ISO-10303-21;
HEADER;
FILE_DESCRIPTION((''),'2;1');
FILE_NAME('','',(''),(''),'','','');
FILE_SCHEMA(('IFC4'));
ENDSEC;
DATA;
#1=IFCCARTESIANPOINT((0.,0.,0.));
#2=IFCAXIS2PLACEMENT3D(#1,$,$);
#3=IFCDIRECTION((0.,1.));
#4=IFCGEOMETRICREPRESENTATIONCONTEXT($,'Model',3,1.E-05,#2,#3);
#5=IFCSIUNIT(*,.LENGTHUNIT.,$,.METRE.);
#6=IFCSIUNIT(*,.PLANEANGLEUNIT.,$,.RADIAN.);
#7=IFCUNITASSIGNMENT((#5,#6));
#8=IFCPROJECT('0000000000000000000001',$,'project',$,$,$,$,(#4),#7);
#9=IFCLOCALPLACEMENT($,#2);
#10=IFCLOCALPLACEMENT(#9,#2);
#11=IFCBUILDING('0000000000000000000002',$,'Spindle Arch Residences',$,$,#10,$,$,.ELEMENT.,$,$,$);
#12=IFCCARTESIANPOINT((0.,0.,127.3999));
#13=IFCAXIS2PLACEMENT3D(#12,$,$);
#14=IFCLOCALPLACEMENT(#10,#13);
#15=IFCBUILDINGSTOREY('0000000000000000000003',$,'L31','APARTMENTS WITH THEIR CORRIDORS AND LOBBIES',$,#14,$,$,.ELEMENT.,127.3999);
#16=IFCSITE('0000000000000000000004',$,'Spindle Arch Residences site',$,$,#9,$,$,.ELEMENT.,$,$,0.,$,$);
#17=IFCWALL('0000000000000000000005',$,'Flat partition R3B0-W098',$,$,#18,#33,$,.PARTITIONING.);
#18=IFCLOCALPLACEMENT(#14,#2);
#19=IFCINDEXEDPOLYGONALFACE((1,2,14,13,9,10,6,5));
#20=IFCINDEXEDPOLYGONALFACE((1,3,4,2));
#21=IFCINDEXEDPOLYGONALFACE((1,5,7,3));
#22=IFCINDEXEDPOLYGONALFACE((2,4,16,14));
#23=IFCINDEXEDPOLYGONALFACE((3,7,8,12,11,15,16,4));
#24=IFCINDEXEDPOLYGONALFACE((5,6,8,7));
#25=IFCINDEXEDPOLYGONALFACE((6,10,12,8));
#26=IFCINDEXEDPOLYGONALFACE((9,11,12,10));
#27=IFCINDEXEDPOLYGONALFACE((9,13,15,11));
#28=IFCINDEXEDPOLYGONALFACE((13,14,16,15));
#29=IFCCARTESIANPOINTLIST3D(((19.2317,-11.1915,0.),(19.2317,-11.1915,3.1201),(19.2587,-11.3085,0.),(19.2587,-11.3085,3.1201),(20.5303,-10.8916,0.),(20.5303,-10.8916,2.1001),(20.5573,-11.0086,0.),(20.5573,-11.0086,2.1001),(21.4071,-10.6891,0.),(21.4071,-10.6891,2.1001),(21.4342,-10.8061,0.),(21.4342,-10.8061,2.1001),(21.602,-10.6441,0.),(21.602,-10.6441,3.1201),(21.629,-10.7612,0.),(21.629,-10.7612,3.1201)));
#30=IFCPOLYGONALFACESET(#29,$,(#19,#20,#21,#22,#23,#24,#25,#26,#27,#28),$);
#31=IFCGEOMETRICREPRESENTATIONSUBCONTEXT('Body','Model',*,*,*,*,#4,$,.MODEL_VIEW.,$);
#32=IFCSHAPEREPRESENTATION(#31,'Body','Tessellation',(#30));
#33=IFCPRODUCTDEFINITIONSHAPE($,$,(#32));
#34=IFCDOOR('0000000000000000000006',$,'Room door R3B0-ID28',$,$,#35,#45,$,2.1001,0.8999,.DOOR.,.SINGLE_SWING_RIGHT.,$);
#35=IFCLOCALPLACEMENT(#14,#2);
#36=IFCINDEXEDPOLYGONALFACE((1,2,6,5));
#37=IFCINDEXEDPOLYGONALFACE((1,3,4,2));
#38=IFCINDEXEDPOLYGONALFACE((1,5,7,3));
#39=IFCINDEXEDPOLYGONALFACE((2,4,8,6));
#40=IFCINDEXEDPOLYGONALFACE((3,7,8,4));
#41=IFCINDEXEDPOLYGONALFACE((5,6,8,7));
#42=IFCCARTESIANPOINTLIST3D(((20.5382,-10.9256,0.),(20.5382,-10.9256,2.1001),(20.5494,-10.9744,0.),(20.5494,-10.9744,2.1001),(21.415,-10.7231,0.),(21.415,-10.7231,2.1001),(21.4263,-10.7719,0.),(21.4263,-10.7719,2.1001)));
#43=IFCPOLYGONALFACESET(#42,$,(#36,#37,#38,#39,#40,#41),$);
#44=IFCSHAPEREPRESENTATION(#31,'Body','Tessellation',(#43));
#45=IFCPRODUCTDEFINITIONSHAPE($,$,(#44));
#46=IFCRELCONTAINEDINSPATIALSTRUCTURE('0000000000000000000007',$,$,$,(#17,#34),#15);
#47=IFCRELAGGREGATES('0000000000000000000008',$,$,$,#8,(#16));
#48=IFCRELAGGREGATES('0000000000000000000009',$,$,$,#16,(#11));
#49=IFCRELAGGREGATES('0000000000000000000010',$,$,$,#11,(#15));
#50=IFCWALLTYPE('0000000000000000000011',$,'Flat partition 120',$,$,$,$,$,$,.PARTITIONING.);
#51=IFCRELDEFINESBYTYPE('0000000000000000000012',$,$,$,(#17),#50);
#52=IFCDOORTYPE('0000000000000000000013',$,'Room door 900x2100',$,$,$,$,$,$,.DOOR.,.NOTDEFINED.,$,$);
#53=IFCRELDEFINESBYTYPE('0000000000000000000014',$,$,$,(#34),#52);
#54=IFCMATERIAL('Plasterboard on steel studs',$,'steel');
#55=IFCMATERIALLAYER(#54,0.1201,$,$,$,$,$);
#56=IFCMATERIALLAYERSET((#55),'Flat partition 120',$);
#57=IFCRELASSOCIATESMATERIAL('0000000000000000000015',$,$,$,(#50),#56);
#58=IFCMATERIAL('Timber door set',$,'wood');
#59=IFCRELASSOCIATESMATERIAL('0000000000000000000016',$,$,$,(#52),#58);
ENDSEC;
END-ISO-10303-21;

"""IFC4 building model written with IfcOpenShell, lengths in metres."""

from ifc_helpers import new_model, si_unit, direction, frame, frame_2d, origin, place, context, subcontext, project, spatial, rectangle, extrude, material, layer, layer_set, type_object, element, fill, save


model = new_model("IFC4")

# Units and contexts
model_context = context("Model", 3, precision=1e-05, world=origin(), true_north=direction((0.0, 1.0)))
body_context = subcontext(model_context, "Body", "Model", "MODEL_VIEW")
ifc_project = project(units=[si_unit("LENGTHUNIT", "METRE"), si_unit("PLANEANGLEUNIT", "RADIAN")], contexts=[model_context])

# Site, building, storey
site_placement = place(None, origin())
site = spatial("IfcSite", under=ifc_project, at=site_placement, Name="Spindle Arch Residences site", CompositionType="ELEMENT", RefElevation=0.0)
building_placement = place(site_placement, origin())
building = spatial("IfcBuilding", under=site, at=building_placement, Name="Spindle Arch Residences", CompositionType="ELEMENT")
storey_placement = place(building_placement, frame((0.0, 0.0, 127.3999)))
storey = spatial("IfcBuildingStorey", under=building, at=storey_placement, Name="L31", Description="APARTMENTS WITH THEIR CORRIDORS AND LOBBIES", CompositionType="ELEMENT", Elevation=127.3999)

# Shared definitions
ifc_material_1 = material(Name="Plasterboard on steel studs", Category="steel")
ifc_layer_1 = layer(ifc_material_1, 0.1201)
ifc_layer_set_1 = layer_set([ifc_layer_1], Name="Flat partition 120")
wall_type = type_object("IfcWallType", Name="Flat partition 120", PredefinedType="PARTITIONING", material=ifc_layer_set_1)

# Shared definitions
ifc_material_2 = material(Name="Timber door set", Category="wood")
door_type = type_object("IfcDoorType", Name="Room door 900x2100", OperationType="NOTDEFINED", PredefinedType="DOOR", material=ifc_material_2)

# Wall, opening, door
wall_1_placement = place(storey_placement, frame((21.6155, -10.7026, 0.0), z_axis=(0.0, 0.0, 1.0), x_axis=(-0.974359, -0.224999, 0.0)))
wall_1 = element("IfcWall", 1, at=wall_1_placement, inside=storey, type_object=wall_type, Name="Flat partition R3B0-W098", PredefinedType="PARTITIONING", context=body_context, shape_type="SweptSolid", body=[
    extrude(rectangle(XDim=2.4326, YDim=0.1201, at=frame_2d((1.2163, 0.0))), origin(), (0.0, 0.0, 1.0), 3.1201),
])
opening_1_placement = place(wall_1_placement, frame((0.2, 0.0, 0.0)))
opening_1 = element("IfcOpeningElement", 2, at=opening_1_placement, cuts=wall_1, PredefinedType="OPENING", context=body_context, shape_type="SweptSolid", body=[
    extrude(rectangle(XDim=0.8999, YDim=2.1001, at=frame_2d((0.45, 1.05))), frame((0.0, 0.0701, 0.0), z_axis=(0.0, -1.0, 0.0), x_axis=(1.0, 0.0, 0.0)), (0.0, 0.0, 1.0), 0.1401),
])
door_1_placement = place(opening_1_placement, origin())
door_1 = element("IfcDoor", 3, at=door_1_placement, inside=storey, type_object=door_type, Name="Room door R3B0-ID28", OperationType="SINGLE_SWING_RIGHT", OverallHeight=2.1001, OverallWidth=0.8999, PredefinedType="DOOR", context=body_context, shape_type="SweptSolid", body=[
    extrude(rectangle(XDim=0.8999, YDim=2.1001, at=frame_2d((0.45, 1.05))), frame((0.0, 0.0249, 0.0), z_axis=(0.0, -1.0, 0.0), x_axis=(1.0, 0.0, 0.0)), (0.0, 0.0, 1.0), 0.05),
])
fill(opening_1, door_1)

save(model, "model.ifc")
